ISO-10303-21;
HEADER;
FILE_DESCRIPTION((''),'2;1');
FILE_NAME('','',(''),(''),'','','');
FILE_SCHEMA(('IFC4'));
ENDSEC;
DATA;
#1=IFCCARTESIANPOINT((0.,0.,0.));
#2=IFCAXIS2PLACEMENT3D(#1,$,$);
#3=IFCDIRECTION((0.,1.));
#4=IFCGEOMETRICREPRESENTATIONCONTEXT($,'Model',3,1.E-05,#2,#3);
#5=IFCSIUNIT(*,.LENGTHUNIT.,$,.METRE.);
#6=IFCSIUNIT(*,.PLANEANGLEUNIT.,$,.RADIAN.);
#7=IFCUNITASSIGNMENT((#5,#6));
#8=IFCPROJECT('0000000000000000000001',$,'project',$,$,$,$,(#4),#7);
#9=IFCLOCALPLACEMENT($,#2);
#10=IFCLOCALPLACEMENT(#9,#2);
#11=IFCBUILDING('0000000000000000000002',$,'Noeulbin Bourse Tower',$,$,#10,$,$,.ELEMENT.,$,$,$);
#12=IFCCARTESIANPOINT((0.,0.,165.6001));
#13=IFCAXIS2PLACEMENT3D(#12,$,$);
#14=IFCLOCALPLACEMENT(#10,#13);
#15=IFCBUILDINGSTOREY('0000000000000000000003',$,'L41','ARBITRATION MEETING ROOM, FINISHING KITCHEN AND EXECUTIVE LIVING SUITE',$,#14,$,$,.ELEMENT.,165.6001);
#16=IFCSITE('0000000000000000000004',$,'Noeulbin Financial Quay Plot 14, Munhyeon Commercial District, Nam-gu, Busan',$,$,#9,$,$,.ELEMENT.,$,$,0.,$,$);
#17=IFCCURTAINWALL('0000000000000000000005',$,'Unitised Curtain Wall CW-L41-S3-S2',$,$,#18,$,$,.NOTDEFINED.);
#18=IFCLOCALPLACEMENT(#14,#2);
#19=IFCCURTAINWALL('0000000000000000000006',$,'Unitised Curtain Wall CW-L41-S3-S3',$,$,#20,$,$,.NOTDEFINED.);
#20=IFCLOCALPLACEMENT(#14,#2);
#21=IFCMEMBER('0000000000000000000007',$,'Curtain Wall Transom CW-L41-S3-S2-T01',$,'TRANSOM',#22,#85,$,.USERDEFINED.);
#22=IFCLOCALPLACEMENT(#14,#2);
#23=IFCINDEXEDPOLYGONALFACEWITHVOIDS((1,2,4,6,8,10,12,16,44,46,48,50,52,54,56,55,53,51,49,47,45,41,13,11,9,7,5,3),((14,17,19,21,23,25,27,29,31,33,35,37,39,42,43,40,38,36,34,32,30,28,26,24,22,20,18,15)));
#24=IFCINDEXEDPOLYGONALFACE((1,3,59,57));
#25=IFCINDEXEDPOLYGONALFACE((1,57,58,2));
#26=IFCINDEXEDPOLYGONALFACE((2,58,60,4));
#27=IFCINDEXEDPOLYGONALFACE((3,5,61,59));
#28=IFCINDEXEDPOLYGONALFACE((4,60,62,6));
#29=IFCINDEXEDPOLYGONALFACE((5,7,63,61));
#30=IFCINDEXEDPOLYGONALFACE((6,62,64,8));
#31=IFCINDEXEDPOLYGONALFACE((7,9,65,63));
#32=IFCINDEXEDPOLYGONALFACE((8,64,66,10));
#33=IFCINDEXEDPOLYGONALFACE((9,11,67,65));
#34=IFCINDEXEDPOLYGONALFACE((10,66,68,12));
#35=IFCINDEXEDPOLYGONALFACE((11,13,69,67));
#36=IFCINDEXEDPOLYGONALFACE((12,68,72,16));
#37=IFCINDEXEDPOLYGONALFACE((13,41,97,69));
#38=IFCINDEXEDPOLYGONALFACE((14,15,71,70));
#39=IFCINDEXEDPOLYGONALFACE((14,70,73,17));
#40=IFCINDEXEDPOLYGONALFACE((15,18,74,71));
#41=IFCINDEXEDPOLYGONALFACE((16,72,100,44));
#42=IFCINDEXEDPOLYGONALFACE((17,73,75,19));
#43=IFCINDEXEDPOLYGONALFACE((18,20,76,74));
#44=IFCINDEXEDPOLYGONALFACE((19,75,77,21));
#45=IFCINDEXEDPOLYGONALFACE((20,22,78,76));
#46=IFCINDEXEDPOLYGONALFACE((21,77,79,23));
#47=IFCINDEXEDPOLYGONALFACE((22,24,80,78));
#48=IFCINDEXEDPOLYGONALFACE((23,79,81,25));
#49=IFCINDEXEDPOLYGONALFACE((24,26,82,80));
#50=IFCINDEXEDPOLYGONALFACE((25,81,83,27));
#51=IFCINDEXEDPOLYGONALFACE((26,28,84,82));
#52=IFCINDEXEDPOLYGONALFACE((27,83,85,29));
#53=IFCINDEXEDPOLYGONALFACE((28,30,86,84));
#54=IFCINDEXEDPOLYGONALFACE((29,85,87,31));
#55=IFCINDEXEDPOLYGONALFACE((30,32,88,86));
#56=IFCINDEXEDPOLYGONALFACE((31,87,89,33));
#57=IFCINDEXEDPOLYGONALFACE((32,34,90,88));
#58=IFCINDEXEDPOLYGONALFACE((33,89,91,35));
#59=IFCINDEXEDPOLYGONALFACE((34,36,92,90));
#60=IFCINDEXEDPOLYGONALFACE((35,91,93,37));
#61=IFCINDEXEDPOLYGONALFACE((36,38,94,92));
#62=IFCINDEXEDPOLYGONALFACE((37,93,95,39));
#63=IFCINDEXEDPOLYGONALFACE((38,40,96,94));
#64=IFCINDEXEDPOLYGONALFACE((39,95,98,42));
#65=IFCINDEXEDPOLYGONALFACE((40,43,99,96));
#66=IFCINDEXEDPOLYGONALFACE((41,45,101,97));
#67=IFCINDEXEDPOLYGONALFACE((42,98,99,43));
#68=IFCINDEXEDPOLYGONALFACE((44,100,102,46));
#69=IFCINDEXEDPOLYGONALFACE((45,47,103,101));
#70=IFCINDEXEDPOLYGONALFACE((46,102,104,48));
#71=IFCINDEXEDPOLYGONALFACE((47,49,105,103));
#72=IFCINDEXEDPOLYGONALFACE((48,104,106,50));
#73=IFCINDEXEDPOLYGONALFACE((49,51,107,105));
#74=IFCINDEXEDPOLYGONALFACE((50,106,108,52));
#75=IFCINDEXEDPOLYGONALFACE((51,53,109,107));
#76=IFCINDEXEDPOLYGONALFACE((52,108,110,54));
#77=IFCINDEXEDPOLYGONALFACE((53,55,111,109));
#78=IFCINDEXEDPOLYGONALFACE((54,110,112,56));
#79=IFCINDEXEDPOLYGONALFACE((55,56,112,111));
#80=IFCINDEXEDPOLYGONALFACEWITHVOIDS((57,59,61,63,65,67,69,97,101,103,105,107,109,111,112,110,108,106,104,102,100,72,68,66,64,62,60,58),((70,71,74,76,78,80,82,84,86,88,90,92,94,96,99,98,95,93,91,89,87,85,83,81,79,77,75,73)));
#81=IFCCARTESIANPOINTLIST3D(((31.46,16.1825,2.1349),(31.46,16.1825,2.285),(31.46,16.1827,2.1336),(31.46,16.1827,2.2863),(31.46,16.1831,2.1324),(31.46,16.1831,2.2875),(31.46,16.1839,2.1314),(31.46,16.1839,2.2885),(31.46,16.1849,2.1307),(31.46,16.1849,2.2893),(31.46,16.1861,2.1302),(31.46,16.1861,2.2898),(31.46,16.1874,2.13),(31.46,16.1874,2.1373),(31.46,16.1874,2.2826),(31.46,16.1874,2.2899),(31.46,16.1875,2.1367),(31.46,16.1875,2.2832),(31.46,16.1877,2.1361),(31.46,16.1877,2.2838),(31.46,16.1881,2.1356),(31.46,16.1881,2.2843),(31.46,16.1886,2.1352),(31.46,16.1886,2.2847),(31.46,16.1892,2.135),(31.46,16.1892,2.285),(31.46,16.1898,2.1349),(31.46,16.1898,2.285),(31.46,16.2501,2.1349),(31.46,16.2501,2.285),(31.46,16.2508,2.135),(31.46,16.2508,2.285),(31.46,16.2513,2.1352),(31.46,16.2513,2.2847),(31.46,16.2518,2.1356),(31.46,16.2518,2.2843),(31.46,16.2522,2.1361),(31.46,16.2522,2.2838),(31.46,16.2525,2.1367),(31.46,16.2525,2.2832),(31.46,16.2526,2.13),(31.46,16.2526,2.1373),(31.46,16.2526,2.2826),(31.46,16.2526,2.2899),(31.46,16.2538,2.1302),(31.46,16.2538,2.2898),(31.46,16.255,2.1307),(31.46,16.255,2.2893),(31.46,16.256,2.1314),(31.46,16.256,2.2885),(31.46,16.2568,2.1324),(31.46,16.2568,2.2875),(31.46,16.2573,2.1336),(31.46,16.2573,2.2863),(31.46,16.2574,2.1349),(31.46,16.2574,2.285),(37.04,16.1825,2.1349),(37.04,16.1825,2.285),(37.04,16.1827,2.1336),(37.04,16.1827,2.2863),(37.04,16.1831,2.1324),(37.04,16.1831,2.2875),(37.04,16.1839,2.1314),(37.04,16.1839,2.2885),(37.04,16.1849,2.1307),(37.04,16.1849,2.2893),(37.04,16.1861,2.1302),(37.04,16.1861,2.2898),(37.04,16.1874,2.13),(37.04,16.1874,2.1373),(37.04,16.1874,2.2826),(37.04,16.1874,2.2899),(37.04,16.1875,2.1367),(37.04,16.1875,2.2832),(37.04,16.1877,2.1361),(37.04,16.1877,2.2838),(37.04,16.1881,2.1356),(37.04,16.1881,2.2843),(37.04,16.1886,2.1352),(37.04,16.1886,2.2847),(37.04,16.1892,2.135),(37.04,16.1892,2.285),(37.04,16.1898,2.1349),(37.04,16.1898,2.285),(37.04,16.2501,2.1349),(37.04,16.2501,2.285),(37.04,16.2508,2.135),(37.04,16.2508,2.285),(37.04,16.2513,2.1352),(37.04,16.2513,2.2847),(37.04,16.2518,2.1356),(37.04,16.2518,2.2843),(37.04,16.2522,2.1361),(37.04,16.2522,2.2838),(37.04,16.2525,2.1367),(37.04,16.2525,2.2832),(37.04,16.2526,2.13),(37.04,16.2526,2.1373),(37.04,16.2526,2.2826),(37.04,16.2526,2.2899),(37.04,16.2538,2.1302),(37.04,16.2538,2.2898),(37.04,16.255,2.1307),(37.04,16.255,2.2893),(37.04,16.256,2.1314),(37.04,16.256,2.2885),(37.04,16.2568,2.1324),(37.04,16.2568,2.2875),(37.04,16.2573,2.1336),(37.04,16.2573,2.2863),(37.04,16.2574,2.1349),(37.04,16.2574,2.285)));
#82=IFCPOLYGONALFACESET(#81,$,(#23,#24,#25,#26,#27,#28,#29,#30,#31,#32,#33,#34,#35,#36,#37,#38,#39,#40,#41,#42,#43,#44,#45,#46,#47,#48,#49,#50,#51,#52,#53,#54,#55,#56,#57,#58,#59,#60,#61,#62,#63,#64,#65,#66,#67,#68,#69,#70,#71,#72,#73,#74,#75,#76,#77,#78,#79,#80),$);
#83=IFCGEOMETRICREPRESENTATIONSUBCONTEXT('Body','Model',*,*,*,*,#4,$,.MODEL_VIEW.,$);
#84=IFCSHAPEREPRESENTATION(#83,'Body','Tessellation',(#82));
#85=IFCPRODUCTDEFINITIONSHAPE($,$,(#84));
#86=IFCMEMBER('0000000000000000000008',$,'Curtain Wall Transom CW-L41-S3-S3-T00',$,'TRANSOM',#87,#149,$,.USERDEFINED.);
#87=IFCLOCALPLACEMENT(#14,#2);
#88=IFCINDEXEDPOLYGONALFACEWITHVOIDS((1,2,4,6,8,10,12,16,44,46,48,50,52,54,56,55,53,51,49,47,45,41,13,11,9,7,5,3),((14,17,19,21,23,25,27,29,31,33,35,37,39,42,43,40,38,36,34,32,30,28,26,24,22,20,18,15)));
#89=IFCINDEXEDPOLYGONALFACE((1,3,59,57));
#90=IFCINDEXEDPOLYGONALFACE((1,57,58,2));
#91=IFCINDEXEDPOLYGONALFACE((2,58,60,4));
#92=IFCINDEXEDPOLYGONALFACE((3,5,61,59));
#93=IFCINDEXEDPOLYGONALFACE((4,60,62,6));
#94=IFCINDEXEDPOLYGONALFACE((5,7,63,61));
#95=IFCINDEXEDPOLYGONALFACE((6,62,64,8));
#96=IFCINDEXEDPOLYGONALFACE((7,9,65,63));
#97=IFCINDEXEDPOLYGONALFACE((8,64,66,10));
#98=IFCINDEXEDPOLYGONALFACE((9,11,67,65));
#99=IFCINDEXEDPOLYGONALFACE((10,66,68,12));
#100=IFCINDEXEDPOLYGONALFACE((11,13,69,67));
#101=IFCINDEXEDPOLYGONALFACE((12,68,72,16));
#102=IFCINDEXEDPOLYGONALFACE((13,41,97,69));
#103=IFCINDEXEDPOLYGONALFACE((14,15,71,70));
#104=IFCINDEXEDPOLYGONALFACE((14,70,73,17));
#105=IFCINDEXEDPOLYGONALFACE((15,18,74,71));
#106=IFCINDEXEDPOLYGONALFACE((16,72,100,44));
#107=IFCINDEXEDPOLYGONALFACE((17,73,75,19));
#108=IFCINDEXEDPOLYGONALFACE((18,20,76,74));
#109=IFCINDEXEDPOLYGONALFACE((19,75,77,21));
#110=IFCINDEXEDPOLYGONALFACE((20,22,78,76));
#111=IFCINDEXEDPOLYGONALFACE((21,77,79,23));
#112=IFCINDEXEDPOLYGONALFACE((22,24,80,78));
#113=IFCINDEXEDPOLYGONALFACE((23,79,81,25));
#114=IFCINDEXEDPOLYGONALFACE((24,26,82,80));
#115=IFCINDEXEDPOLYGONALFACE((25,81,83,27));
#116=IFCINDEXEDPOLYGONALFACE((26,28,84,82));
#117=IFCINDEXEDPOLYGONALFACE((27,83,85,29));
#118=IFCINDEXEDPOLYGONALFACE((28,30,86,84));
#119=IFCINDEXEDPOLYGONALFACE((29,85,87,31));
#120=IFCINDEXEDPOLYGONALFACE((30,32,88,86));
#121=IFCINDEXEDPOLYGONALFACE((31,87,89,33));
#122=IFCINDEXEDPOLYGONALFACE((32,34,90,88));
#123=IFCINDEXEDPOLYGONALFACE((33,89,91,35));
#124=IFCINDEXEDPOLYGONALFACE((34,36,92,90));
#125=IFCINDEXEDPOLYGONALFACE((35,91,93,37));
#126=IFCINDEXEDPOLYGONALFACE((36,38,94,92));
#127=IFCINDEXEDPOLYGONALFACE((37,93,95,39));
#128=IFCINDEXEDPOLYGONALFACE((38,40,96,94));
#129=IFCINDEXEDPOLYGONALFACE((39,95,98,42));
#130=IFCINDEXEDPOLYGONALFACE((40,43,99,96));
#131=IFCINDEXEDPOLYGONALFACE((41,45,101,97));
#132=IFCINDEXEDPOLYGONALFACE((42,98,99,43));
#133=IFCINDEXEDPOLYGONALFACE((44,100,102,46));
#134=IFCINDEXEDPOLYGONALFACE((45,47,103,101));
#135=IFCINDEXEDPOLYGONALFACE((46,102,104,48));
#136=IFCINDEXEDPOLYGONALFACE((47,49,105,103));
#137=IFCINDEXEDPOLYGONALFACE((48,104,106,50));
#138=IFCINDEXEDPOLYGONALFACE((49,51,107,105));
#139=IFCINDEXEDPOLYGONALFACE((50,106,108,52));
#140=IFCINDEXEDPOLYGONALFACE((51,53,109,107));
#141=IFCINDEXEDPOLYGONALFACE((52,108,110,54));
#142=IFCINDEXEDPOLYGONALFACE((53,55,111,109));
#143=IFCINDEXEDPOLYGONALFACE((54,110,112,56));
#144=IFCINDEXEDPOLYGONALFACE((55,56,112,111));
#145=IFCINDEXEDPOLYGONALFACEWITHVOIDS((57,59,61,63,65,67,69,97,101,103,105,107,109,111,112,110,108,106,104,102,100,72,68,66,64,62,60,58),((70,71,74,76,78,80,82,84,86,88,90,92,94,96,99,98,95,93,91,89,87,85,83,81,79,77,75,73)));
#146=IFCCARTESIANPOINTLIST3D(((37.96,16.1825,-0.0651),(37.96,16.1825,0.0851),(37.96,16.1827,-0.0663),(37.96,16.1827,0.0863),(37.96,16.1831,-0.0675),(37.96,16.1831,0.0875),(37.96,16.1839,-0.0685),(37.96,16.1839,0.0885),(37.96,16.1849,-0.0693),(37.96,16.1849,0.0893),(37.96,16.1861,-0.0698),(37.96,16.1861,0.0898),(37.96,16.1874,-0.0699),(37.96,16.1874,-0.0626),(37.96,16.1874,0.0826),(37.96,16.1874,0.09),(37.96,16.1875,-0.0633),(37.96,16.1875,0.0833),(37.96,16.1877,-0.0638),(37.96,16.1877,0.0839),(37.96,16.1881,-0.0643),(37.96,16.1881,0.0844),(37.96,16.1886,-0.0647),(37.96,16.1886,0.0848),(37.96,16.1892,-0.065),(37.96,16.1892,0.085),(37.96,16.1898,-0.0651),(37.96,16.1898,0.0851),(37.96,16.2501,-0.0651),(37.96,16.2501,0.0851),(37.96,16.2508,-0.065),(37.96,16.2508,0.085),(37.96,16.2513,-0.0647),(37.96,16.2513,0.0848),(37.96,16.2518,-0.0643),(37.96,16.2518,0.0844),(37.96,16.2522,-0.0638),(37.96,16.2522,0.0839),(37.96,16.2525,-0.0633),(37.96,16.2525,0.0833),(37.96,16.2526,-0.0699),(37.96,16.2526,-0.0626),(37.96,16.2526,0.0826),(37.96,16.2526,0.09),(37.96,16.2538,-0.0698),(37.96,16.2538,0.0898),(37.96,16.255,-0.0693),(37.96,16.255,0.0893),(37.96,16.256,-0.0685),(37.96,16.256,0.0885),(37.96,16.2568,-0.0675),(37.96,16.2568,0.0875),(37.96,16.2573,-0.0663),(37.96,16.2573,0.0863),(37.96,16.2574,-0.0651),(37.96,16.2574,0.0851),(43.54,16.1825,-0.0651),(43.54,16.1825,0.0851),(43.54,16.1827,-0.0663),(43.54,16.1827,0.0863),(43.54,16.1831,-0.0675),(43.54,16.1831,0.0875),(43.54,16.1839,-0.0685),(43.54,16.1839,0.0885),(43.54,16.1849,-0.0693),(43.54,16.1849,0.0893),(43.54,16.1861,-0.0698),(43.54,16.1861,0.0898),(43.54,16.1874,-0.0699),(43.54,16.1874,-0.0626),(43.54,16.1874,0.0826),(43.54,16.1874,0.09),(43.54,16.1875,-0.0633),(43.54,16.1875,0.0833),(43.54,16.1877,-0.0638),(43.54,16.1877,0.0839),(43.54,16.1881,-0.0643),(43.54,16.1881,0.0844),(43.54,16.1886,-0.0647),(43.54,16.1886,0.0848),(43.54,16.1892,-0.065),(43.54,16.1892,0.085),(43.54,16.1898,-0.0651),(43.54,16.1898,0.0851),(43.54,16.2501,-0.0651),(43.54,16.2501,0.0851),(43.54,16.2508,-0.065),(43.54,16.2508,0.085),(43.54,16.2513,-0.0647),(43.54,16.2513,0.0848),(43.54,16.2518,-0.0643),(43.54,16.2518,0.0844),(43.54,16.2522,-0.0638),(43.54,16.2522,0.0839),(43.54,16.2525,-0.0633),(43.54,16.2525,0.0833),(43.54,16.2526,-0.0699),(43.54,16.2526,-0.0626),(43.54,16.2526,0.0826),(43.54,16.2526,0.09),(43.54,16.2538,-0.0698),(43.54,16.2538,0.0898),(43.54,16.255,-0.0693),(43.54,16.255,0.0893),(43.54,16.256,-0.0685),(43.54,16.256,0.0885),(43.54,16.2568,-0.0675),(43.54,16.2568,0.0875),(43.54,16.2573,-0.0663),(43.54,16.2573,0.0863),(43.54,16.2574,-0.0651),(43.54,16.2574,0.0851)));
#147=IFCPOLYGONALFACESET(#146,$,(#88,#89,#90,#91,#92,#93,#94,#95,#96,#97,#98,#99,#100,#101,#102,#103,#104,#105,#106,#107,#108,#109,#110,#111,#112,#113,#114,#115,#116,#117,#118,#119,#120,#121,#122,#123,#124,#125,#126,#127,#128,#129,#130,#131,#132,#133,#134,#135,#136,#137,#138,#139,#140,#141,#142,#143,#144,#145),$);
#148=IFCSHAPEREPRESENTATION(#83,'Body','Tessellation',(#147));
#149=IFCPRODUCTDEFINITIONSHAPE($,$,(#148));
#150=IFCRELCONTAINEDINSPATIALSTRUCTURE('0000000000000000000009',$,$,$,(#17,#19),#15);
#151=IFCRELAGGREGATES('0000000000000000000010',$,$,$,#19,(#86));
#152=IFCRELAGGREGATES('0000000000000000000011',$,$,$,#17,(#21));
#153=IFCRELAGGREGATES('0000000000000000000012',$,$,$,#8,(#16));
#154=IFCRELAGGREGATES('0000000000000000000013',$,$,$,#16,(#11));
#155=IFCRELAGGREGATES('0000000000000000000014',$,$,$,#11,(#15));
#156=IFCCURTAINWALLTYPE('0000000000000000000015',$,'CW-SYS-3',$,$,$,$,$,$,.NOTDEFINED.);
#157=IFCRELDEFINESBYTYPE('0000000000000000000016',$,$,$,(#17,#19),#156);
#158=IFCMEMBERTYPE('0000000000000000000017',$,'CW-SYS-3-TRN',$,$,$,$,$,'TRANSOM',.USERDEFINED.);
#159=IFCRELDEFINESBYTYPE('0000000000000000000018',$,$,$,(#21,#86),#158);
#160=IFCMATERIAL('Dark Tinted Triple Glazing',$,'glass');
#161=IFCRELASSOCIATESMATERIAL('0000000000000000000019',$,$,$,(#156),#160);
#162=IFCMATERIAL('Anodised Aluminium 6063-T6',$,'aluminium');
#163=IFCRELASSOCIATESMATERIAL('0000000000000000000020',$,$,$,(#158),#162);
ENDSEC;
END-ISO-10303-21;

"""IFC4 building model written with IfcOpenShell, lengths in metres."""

from ifc_helpers import new_model, si_unit, direction, frame, origin, origin_2d, place, context, subcontext, project, spatial, hollow_rectangle, extrude, material, material_profile, profile_set, type_object, element, aggregate, save


model = new_model("IFC4")

# Units and contexts
model_context = context("Model", 3, precision=1e-05, world=origin(), true_north=direction((0.0, 1.0)))
body_context = subcontext(model_context, "Body", "Model", "MODEL_VIEW")
ifc_project = project(units=[si_unit("LENGTHUNIT", "METRE"), si_unit("PLANEANGLEUNIT", "RADIAN")], contexts=[model_context])

# Site, building, storey
site_placement = place(None, origin())
site = spatial("IfcSite", under=ifc_project, at=site_placement, Name="Noeulbin Financial Quay Plot 14, Munhyeon Commercial District, Nam-gu, Busan", CompositionType="ELEMENT", RefElevation=0.0)
building_placement = place(site_placement, origin())
building = spatial("IfcBuilding", under=site, at=building_placement, Name="Noeulbin Bourse Tower", CompositionType="ELEMENT")
storey_placement = place(building_placement, frame((0.0, 0.0, 165.6001)))
storey = spatial("IfcBuildingStorey", under=building, at=storey_placement, Name="L41", Description="ARBITRATION MEETING ROOM, FINISHING KITCHEN AND EXECUTIVE LIVING SUITE", CompositionType="ELEMENT", Elevation=165.6001)

# Shared definitions
ifc_material_1 = material(Name="Dark Tinted Triple Glazing", Category="glass")
curtain_wall_type = type_object("IfcCurtainWallType", Name="CW-SYS-3", PredefinedType="NOTDEFINED", material=ifc_material_1)
ifc_material_2 = material(Name="Anodised Aluminium 6063-T6", Category="aluminium")

# Curtain wall
curtain_wall_1_placement = place(storey_placement, origin())
curtain_wall_1 = element("IfcCurtainWall", 1, at=curtain_wall_1_placement, inside=storey, type_object=curtain_wall_type, Name="Unitised Curtain Wall CW-L41-S3-S2", PredefinedType="NOTDEFINED")

# Curtain wall
curtain_wall_2_placement = place(storey_placement, origin())
curtain_wall_2 = element("IfcCurtainWall", 2, at=curtain_wall_2_placement, inside=storey, type_object=curtain_wall_type, Name="Unitised Curtain Wall CW-L41-S3-S3", PredefinedType="NOTDEFINED")

# Members
ifc_material_profile_1 = material_profile(ifc_material_2, hollow_rectangle(XDim=0.075, YDim=0.1599, WallThickness=0.0049, InnerFilletRadius=0.0024, OuterFilletRadius=0.0049, at=origin_2d()), Name="ALU-TRAN-75x160x5", Category="LoadBearing")
ifc_profile_set_1 = profile_set([ifc_material_profile_1], Name="Anodised Aluminium 6063-T6")
member_type_1 = type_object("IfcMemberType", Name="CW-SYS-3-TRN", ElementType="TRANSOM", PredefinedType="USERDEFINED", material=ifc_profile_set_1)
member_1_placement = place(storey_placement, frame((31.46, 16.22, 2.21), z_axis=(1.0, 0.0, 0.0), x_axis=(0.0, 1.0, 0.0)))
member_1 = element("IfcMember", 3, at=member_1_placement, type_object=member_type_1, Name="Curtain Wall Transom CW-L41-S3-S2-T01", ObjectType="TRANSOM", PredefinedType="USERDEFINED", context=body_context, shape_type="SweptSolid", body=[
    extrude(hollow_rectangle(XDim=0.075, YDim=0.1599, WallThickness=0.0049, InnerFilletRadius=0.0024, OuterFilletRadius=0.0049, at=origin_2d()), origin(), (0.0, 0.0, 1.0), 5.5801),
])
member_2_placement = place(storey_placement, frame((37.96, 16.22, 0.01), z_axis=(1.0, 0.0, 0.0), x_axis=(0.0, 1.0, 0.0)))
member_2 = element("IfcMember", 4, at=member_2_placement, type_object=member_type_1, Name="Curtain Wall Transom CW-L41-S3-S3-T00", ObjectType="TRANSOM", PredefinedType="USERDEFINED", context=body_context, shape_type="SweptSolid", body=[
    extrude(hollow_rectangle(XDim=0.075, YDim=0.1599, WallThickness=0.0049, InnerFilletRadius=0.0024, OuterFilletRadius=0.0049, at=origin_2d()), origin(), (0.0, 0.0, 1.0), 5.5801),
])
aggregate(curtain_wall_2, [member_2])

aggregate(curtain_wall_1, [member_1])

save(model, "model.ifc")
